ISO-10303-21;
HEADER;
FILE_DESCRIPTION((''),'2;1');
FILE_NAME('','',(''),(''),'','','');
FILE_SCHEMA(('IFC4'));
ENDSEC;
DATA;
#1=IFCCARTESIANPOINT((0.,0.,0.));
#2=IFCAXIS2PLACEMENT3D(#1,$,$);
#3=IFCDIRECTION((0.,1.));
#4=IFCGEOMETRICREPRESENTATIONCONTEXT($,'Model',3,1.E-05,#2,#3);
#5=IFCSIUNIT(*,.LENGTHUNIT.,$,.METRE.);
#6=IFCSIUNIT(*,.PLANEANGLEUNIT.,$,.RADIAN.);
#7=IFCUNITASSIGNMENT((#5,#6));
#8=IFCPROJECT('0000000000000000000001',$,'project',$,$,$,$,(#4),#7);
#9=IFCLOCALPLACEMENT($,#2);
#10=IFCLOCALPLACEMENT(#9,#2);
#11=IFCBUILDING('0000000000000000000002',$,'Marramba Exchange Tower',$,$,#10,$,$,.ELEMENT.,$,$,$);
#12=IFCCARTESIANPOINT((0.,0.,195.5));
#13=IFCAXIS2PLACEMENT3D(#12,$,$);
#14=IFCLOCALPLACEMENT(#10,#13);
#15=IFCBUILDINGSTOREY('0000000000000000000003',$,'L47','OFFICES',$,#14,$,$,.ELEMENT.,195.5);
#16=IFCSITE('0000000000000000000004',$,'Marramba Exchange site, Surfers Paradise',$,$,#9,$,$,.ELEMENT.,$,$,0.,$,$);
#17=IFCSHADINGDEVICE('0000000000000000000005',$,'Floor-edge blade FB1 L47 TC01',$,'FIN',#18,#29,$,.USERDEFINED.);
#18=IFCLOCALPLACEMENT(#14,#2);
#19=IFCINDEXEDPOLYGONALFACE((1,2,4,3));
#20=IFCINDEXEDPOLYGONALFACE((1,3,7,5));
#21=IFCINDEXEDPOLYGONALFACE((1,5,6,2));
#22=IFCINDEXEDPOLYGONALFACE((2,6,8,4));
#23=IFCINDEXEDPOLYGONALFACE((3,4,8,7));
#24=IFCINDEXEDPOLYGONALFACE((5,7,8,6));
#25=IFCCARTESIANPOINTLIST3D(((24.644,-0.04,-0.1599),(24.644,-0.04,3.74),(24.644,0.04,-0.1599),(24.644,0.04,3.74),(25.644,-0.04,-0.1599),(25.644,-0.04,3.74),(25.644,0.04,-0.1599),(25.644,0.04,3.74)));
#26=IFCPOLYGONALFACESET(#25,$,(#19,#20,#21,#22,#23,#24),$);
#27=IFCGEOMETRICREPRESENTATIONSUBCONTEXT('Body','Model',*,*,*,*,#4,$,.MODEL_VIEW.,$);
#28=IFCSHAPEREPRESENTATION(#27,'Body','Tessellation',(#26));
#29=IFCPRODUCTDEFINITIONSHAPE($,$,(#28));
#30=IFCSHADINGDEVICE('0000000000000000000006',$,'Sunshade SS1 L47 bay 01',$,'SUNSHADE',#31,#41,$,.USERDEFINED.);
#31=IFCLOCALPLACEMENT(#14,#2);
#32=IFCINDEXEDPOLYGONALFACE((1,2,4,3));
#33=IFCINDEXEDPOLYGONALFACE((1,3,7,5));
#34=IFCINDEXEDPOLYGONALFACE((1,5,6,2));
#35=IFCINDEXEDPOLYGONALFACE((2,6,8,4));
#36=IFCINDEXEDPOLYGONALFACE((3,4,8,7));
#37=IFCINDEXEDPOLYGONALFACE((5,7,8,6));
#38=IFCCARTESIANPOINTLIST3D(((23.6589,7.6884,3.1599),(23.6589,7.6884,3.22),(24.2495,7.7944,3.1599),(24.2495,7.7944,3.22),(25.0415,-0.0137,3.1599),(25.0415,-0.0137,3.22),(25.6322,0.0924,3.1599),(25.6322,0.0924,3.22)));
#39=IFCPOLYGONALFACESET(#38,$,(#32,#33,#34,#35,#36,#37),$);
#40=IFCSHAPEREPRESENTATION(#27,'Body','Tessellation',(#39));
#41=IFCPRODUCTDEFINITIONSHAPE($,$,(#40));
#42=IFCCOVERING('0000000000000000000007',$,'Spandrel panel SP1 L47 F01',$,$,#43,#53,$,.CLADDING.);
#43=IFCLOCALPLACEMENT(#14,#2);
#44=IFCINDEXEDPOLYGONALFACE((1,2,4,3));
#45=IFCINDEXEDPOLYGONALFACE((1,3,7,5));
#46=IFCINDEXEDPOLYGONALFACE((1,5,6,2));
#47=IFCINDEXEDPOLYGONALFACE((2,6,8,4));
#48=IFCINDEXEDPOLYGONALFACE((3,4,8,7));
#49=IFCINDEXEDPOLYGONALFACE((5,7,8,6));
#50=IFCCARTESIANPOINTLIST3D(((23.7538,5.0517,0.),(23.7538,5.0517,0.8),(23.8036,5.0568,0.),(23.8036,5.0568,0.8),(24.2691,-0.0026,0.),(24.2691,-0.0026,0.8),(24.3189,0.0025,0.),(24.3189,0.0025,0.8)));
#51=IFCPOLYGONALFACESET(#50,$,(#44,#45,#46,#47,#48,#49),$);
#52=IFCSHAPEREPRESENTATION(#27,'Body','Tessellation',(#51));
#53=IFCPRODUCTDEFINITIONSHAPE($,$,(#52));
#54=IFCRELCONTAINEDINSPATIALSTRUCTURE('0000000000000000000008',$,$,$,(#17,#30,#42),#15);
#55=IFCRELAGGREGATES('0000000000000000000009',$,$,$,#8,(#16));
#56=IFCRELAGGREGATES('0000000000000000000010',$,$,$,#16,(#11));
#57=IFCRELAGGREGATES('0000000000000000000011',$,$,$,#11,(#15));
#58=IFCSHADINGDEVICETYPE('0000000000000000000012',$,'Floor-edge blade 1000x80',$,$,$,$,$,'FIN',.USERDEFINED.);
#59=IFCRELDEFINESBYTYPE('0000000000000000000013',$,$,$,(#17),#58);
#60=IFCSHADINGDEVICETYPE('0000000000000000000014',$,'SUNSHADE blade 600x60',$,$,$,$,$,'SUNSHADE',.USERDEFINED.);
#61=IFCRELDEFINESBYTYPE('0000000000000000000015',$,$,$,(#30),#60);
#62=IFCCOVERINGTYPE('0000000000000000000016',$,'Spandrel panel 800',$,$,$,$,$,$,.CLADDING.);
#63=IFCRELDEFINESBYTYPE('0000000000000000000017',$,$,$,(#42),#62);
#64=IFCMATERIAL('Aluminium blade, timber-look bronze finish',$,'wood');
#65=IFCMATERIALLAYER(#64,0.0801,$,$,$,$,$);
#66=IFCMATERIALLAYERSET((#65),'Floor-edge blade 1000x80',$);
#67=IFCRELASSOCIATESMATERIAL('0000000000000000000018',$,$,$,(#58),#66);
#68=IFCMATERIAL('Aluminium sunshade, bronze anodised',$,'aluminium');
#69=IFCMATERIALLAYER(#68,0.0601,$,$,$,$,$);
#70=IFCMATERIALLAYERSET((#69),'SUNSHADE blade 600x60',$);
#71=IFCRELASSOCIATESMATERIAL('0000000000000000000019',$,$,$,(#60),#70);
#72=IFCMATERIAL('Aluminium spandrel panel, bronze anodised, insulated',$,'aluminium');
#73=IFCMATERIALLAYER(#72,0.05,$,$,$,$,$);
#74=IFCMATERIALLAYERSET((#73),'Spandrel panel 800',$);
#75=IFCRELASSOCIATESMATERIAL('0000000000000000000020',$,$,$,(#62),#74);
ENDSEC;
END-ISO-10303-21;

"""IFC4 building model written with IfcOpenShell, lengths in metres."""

from ifc_helpers import new_model, si_unit, direction, frame, origin, origin_2d, place, context, subcontext, project, spatial, rectangle, extrude, material, layer, layer_set, type_object, element, save


model = new_model("IFC4")

# Units and contexts
model_context = context("Model", 3, precision=1e-05, world=origin(), true_north=direction((0.0, 1.0)))
body_context = subcontext(model_context, "Body", "Model", "MODEL_VIEW")
ifc_project = project(units=[si_unit("LENGTHUNIT", "METRE"), si_unit("PLANEANGLEUNIT", "RADIAN")], contexts=[model_context])

# Site, building, storey
site_placement = place(None, origin())
site = spatial("IfcSite", under=ifc_project, at=site_placement, Name="Marramba Exchange site, Surfers Paradise", CompositionType="ELEMENT", RefElevation=0.0)
building_placement = place(site_placement, origin())
building = spatial("IfcBuilding", under=site, at=building_placement, Name="Marramba Exchange Tower", CompositionType="ELEMENT")
storey_placement = place(building_placement, frame((0.0, 0.0, 195.5)))
storey = spatial("IfcBuildingStorey", under=building, at=storey_placement, Name="L47", Description="OFFICES", CompositionType="ELEMENT", Elevation=195.5)

# Shading devices
ifc_material_1 = material(Name="Aluminium blade, timber-look bronze finish", Category="wood")
ifc_layer_1 = layer(ifc_material_1, 0.0801)
ifc_layer_set_1 = layer_set([ifc_layer_1], Name="Floor-edge blade 1000x80")
shading_device_type_1 = type_object("IfcShadingDeviceType", Name="Floor-edge blade 1000x80", ElementType="FIN", PredefinedType="USERDEFINED", material=ifc_layer_set_1)
shading_device_1_placement = place(storey_placement, frame((25.144, 0.0, -0.1599), z_axis=(0.0, 0.0, 1.0), x_axis=(1.0, 0.0, 0.0)))
element("IfcShadingDevice", 1, at=shading_device_1_placement, inside=storey, type_object=shading_device_type_1, Name="Floor-edge blade FB1 L47 TC01", ObjectType="FIN", PredefinedType="USERDEFINED", context=body_context, shape_type="SweptSolid", body=[
    extrude(rectangle(XDim=1.0, YDim=0.0801, at=origin_2d()), origin(), (0.0, 0.0, 1.0), 3.8999),
])
ifc_material_2 = material(Name="Aluminium sunshade, bronze anodised", Category="aluminium")
ifc_layer_2 = layer(ifc_material_2, 0.0601)
ifc_layer_set_2 = layer_set([ifc_layer_2], Name="SUNSHADE blade 600x60")
shading_device_type_2 = type_object("IfcShadingDeviceType", Name="SUNSHADE blade 600x60", ElementType="SUNSHADE", PredefinedType="USERDEFINED", material=ifc_layer_set_2)
shading_device_2_placement = place(storey_placement, frame((24.6455, 3.8904, 3.1599), z_axis=(0.0, 0.0, 1.0), x_axis=(-0.176691, 0.984266, 0.0)))
element("IfcShadingDevice", 2, at=shading_device_2_placement, inside=storey, type_object=shading_device_type_2, Name="Sunshade SS1 L47 bay 01", ObjectType="SUNSHADE", PredefinedType="USERDEFINED", context=body_context, shape_type="SweptSolid", body=[
    extrude(rectangle(XDim=7.8252, YDim=0.6001, at=origin_2d()), origin(), (0.0, 0.0, 1.0), 0.0601),
])

# Covering
ifc_material_3 = material(Name="Aluminium spandrel panel, bronze anodised, insulated", Category="aluminium")
ifc_layer_3 = layer(ifc_material_3, 0.05)
ifc_layer_set_3 = layer_set([ifc_layer_3], Name="Spandrel panel 800")
covering_type = type_object("IfcCoveringType", Name="Spandrel panel 800", PredefinedType="CLADDING", material=ifc_layer_set_3)
covering_placement = place(storey_placement, frame((24.0364, 2.5271, 0.0), z_axis=(0.0, 0.0, 1.0), x_axis=(-0.101422, 0.994843, 0.0)))
element("IfcCovering", 3, at=covering_placement, inside=storey, type_object=covering_type, Name="Spandrel panel SP1 L47 F01", PredefinedType="CLADDING", context=body_context, shape_type="SweptSolid", body=[
    extrude(rectangle(XDim=5.0806, YDim=0.05, at=origin_2d()), origin(), (0.0, 0.0, 1.0), 0.8),
])

save(model, "model.ifc")
